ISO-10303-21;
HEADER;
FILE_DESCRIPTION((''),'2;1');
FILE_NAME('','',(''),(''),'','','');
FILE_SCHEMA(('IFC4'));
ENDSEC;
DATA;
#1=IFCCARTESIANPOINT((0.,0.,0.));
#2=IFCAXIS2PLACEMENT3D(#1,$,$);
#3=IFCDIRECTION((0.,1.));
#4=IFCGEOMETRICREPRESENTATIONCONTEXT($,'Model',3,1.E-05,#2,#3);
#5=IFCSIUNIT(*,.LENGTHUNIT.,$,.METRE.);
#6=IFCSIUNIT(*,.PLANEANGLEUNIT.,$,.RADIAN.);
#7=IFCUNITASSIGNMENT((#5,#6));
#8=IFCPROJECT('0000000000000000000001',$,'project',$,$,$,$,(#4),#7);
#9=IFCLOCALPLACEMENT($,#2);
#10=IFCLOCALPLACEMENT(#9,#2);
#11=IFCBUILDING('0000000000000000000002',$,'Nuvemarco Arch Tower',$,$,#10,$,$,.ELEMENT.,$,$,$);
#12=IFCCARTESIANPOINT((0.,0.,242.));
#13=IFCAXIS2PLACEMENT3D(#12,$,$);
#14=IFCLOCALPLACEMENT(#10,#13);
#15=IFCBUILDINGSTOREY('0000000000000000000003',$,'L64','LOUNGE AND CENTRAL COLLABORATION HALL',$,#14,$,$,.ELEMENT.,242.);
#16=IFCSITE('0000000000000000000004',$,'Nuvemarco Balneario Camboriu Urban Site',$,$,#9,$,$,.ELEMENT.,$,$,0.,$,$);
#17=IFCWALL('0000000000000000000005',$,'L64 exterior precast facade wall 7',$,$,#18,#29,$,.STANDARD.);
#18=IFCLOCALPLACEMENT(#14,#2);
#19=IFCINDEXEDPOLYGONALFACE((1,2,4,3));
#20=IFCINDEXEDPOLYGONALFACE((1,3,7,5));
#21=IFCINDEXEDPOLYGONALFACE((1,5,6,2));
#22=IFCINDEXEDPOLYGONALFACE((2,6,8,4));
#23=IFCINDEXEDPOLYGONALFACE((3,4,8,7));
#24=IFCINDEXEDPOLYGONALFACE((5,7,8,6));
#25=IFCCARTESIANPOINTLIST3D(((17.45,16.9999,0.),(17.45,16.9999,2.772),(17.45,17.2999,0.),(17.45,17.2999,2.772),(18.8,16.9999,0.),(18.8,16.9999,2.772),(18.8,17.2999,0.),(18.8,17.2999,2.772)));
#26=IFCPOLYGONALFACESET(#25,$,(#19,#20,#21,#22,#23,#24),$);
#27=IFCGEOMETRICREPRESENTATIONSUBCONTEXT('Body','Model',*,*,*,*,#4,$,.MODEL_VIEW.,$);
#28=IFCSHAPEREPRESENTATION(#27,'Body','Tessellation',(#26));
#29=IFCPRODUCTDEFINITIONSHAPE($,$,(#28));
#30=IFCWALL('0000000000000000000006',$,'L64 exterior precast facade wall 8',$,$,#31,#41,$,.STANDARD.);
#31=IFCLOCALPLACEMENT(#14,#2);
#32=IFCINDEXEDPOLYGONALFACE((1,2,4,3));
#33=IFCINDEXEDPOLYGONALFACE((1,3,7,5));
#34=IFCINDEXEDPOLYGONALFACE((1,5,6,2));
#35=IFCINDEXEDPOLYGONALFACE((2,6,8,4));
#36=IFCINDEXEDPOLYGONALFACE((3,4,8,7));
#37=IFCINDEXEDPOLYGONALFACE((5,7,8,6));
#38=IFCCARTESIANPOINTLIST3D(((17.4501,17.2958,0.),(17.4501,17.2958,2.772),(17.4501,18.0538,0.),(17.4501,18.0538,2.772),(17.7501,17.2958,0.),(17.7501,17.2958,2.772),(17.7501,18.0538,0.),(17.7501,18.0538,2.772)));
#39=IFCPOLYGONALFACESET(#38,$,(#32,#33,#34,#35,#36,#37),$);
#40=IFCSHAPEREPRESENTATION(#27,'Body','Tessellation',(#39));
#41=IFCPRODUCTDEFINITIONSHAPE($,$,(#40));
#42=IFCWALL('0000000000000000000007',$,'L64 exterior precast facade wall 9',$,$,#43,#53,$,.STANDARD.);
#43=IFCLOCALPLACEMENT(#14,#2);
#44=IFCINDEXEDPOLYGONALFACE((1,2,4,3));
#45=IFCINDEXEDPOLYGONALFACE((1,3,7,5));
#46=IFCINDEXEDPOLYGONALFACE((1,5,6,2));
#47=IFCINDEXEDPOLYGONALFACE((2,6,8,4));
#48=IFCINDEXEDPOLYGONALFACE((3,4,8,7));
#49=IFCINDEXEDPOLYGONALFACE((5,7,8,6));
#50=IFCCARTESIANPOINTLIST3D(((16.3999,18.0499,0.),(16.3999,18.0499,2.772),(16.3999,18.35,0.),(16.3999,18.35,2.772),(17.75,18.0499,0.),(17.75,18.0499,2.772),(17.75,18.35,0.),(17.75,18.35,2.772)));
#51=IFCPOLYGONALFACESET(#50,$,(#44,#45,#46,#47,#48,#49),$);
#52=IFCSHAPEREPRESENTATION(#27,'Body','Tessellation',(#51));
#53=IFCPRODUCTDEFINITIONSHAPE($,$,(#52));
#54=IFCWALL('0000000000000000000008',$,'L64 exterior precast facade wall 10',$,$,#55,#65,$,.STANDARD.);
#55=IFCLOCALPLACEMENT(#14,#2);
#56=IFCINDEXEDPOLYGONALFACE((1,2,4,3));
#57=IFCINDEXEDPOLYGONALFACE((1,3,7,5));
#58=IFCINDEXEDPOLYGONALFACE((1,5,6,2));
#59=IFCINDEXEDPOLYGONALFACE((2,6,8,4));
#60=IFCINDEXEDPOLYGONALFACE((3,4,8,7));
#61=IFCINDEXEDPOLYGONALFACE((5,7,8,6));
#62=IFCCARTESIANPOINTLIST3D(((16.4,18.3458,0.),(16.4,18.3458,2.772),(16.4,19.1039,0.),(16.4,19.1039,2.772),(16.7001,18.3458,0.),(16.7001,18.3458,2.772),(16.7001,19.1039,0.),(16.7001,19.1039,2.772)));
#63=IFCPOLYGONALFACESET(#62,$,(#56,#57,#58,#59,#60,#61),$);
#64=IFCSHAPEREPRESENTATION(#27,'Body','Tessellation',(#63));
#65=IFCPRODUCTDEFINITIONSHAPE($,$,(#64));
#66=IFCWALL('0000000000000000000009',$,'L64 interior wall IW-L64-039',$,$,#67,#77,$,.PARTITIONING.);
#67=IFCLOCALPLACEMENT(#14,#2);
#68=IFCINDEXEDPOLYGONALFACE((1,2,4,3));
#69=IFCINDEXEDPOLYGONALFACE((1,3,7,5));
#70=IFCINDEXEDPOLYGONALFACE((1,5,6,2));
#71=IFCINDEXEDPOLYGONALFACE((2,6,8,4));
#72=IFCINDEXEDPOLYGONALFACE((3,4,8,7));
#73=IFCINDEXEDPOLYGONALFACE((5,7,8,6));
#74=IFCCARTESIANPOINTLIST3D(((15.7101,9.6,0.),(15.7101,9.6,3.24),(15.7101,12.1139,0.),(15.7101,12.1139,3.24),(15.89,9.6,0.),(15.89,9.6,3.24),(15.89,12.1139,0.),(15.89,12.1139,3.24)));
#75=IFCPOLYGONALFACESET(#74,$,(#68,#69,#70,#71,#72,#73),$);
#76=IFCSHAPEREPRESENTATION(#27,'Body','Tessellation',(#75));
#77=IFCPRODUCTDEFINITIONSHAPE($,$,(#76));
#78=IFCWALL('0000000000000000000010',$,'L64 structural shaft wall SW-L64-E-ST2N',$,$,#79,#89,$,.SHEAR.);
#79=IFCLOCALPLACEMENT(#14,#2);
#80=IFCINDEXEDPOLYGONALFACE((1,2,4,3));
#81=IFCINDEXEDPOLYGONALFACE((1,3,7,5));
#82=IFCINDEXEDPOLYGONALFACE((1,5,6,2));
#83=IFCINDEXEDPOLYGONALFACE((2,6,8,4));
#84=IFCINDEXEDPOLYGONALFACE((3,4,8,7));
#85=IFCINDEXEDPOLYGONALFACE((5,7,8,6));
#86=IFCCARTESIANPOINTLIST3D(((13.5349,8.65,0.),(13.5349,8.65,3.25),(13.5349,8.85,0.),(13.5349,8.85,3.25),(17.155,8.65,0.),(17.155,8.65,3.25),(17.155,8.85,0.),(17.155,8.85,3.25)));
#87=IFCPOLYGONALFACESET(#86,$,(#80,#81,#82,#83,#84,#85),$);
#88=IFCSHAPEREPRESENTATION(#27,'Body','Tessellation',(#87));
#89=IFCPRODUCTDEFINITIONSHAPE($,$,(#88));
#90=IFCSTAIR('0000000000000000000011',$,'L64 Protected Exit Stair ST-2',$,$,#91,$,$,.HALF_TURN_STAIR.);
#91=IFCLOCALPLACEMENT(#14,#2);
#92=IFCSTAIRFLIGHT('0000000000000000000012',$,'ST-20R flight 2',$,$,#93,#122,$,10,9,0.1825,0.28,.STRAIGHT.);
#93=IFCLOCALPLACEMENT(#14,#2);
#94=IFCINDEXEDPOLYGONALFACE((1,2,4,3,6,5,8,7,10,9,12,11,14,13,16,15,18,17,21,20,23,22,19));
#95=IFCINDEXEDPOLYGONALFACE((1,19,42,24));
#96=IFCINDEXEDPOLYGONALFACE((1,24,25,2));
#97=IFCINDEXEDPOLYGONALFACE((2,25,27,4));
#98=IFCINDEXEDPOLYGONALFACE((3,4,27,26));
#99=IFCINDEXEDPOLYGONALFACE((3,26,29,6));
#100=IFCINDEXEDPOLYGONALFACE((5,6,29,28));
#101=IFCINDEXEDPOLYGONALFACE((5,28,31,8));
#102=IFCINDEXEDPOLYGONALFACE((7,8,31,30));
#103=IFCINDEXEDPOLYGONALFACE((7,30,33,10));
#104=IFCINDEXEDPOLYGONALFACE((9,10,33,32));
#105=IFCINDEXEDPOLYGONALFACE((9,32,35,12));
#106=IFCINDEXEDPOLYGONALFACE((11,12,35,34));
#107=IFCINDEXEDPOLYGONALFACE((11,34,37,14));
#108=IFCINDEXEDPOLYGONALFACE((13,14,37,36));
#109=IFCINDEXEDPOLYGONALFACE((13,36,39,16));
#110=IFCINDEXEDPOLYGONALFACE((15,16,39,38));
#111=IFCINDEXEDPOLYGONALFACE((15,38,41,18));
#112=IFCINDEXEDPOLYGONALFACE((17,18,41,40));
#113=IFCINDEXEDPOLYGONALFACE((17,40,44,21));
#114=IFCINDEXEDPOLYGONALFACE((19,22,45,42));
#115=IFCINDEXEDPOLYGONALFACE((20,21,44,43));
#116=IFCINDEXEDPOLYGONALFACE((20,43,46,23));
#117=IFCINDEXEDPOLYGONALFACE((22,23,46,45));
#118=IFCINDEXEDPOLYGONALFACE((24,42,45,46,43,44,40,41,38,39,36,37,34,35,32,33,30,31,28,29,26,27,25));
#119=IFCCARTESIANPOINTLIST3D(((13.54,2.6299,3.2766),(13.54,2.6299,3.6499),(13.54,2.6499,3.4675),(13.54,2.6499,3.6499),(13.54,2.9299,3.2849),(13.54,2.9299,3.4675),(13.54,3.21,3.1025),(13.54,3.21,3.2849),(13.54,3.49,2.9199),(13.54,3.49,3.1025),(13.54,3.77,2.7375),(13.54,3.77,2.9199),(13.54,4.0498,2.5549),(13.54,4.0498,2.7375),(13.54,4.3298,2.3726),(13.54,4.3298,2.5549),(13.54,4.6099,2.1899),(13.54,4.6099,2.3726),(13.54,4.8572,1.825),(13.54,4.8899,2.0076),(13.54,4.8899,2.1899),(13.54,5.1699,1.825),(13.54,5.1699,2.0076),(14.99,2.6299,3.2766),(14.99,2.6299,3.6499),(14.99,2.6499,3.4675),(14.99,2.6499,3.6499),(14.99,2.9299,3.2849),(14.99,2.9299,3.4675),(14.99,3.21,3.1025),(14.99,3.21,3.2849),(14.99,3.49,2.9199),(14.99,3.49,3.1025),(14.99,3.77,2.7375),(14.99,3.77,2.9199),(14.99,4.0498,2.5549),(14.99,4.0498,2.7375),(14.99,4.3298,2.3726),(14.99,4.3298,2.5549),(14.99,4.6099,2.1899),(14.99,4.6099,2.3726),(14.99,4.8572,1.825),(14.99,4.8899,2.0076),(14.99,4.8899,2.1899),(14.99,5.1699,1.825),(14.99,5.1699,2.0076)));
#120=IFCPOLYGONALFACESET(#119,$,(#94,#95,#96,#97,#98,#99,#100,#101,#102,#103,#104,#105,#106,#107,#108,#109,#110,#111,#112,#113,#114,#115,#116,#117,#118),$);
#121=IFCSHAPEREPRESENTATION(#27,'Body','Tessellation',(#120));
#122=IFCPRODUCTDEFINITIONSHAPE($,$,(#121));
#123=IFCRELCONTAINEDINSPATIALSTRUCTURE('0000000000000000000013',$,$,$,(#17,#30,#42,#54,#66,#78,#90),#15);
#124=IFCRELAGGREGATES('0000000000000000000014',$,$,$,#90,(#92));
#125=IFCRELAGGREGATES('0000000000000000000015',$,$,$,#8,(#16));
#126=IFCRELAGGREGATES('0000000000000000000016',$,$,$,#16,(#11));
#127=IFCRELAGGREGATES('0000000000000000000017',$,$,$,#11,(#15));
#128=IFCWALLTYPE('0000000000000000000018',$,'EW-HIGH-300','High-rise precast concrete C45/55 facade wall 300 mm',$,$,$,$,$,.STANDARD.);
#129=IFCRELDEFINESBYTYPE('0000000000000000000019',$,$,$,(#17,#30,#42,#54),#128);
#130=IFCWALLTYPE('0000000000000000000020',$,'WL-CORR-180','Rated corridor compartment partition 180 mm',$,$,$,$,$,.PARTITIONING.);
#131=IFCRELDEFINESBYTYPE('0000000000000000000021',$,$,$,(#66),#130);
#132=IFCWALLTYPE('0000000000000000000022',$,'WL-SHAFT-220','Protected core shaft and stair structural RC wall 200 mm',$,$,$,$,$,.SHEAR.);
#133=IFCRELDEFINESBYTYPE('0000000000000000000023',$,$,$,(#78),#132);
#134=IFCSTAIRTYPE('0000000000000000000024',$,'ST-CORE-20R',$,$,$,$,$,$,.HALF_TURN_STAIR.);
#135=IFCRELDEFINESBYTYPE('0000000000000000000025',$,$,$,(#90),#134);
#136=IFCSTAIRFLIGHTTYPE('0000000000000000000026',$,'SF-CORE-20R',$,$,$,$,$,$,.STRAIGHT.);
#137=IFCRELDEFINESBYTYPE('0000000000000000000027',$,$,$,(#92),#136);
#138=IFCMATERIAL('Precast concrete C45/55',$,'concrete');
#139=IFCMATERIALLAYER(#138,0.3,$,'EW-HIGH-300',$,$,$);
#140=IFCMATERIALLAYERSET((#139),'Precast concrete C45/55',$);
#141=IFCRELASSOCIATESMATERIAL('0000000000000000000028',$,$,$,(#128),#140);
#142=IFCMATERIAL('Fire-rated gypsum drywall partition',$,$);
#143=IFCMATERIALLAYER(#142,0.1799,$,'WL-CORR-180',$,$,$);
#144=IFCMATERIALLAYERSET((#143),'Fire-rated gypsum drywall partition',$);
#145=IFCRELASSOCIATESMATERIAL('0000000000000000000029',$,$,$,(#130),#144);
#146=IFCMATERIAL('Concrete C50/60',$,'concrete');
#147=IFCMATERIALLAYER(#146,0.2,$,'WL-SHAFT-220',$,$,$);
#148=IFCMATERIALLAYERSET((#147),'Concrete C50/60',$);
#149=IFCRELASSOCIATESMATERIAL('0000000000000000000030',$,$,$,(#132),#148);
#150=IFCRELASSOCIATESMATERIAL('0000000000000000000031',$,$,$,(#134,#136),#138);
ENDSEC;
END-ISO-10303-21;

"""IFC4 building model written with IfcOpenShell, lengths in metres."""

from ifc_helpers import new_model, si_unit, direction, frame, frame_2d, origin, place, context, subcontext, project, spatial, polyline, rectangle, outline, extrude, material, layer, layer_set, type_object, element, aggregate, save


model = new_model("IFC4")

# Units and contexts
model_context = context("Model", 3, precision=1e-05, world=origin(), true_north=direction((0.0, 1.0)))
body_context = subcontext(model_context, "Body", "Model", "MODEL_VIEW")
ifc_project = project(units=[si_unit("LENGTHUNIT", "METRE"), si_unit("PLANEANGLEUNIT", "RADIAN")], contexts=[model_context])

# Site, building, storey
site_placement = place(None, origin())
site = spatial("IfcSite", under=ifc_project, at=site_placement, Name="Nuvemarco Balneario Camboriu Urban Site", CompositionType="ELEMENT", RefElevation=0.0)
building_placement = place(site_placement, origin())
building = spatial("IfcBuilding", under=site, at=building_placement, Name="Nuvemarco Arch Tower", CompositionType="ELEMENT")
storey_placement = place(building_placement, frame((0.0, 0.0, 242.0)))
storey = spatial("IfcBuildingStorey", under=building, at=storey_placement, Name="L64", Description="LOUNGE AND CENTRAL COLLABORATION HALL", CompositionType="ELEMENT", Elevation=242.0)

# Shared definitions
ifc_material_1 = material(Name="Concrete C50/60", Category="concrete")

# Shared definitions
ifc_material_2 = material(Name="Precast concrete C45/55", Category="concrete")

# Walls
ifc_layer_1 = layer(ifc_material_2, 0.3, Name="EW-HIGH-300")
ifc_layer_set_1 = layer_set([ifc_layer_1], Name="Precast concrete C45/55")
wall_type_1 = type_object("IfcWallType", Name="EW-HIGH-300", Description="High-rise precast concrete C45/55 facade wall 300 mm", PredefinedType="STANDARD", material=ifc_layer_set_1)
wall_1_placement = place(storey_placement, frame((17.45, 17.1499, 0.0), z_axis=(0.0, 0.0, 1.0), x_axis=(1.0, 0.0, 0.0)))
element("IfcWall", 1, at=wall_1_placement, inside=storey, type_object=wall_type_1, Name="L64 exterior precast facade wall 7", PredefinedType="STANDARD", context=body_context, shape_type="SweptSolid", body=[
    extrude(rectangle(XDim=1.3501, YDim=0.3, at=frame_2d((0.675, 0.0))), origin(), (0.0, 0.0, 1.0), 2.772),
])
wall_2_placement = place(storey_placement, frame((17.6001, 17.2959, 0.0), z_axis=(0.0, 0.0, 1.0), x_axis=(0.0, 1.0, 0.0)))
element("IfcWall", 2, at=wall_2_placement, inside=storey, type_object=wall_type_1, Name="L64 exterior precast facade wall 8", PredefinedType="STANDARD", context=body_context, shape_type="SweptSolid", body=[
    extrude(rectangle(XDim=0.7581, YDim=0.3, at=frame_2d((0.3789, 0.0))), origin(), (0.0, 0.0, 1.0), 2.772),
])
wall_3_placement = place(storey_placement, frame((16.3999, 18.2, 0.0), z_axis=(0.0, 0.0, 1.0), x_axis=(1.0, 0.0, 0.0)))
element("IfcWall", 3, at=wall_3_placement, inside=storey, type_object=wall_type_1, Name="L64 exterior precast facade wall 9", PredefinedType="STANDARD", context=body_context, shape_type="SweptSolid", body=[
    extrude(rectangle(XDim=1.3501, YDim=0.3, at=frame_2d((0.675, 0.0))), origin(), (0.0, 0.0, 1.0), 2.772),
])
wall_4_placement = place(storey_placement, frame((16.55, 18.3459, 0.0), z_axis=(0.0, 0.0, 1.0), x_axis=(0.0, 1.0, 0.0)))
element("IfcWall", 4, at=wall_4_placement, inside=storey, type_object=wall_type_1, Name="L64 exterior precast facade wall 10", PredefinedType="STANDARD", context=body_context, shape_type="SweptSolid", body=[
    extrude(rectangle(XDim=0.7581, YDim=0.3, at=frame_2d((0.3789, 0.0))), origin(), (0.0, 0.0, 1.0), 2.772),
])
ifc_material_3 = material(Name="Fire-rated gypsum drywall partition")
ifc_layer_2 = layer(ifc_material_3, 0.1799, Name="WL-CORR-180")
ifc_layer_set_2 = layer_set([ifc_layer_2], Name="Fire-rated gypsum drywall partition")
wall_type_2 = type_object("IfcWallType", Name="WL-CORR-180", Description="Rated corridor compartment partition 180 mm", PredefinedType="PARTITIONING", material=ifc_layer_set_2)
wall_5_placement = place(storey_placement, frame((15.8, 9.6001, 0.0), z_axis=(0.0, 0.0, 1.0), x_axis=(0.0, 1.0, 0.0)))
element("IfcWall", 5, at=wall_5_placement, inside=storey, type_object=wall_type_2, Name="L64 interior wall IW-L64-039", PredefinedType="PARTITIONING", context=body_context, shape_type="SweptSolid", body=[
    extrude(rectangle(XDim=2.5139, YDim=0.1799, at=frame_2d((1.2568, 0.0))), origin(), (0.0, 0.0, 1.0), 3.24),
])
ifc_layer_3 = layer(ifc_material_1, 0.2, Name="WL-SHAFT-220")
ifc_layer_set_3 = layer_set([ifc_layer_3], Name="Concrete C50/60")
wall_type_3 = type_object("IfcWallType", Name="WL-SHAFT-220", Description="Protected core shaft and stair structural RC wall 200 mm", PredefinedType="SHEAR", material=ifc_layer_set_3)
wall_6_placement = place(storey_placement, frame((13.5349, 8.75, 0.0), z_axis=(0.0, 0.0, 1.0), x_axis=(1.0, 0.0, 0.0)))
element("IfcWall", 6, at=wall_6_placement, inside=storey, type_object=wall_type_3, Name="L64 structural shaft wall SW-L64-E-ST2N", PredefinedType="SHEAR", context=body_context, shape_type="SweptSolid", body=[
    extrude(rectangle(XDim=3.6201, YDim=0.2, at=frame_2d((1.8101, 0.0))), origin(), (0.0, 0.0, 1.0), 3.25),
])

# Stair, stair flight
stair_type = type_object("IfcStairType", Name="ST-CORE-20R", PredefinedType="HALF_TURN_STAIR", material=ifc_material_2)
stair_placement = place(storey_placement, origin())
stair = element("IfcStair", 7, at=stair_placement, inside=storey, type_object=stair_type, Name="L64 Protected Exit Stair ST-2", PredefinedType="HALF_TURN_STAIR")
stair_flight_type = type_object("IfcStairFlightType", Name="SF-CORE-20R", PredefinedType="STRAIGHT", material=ifc_material_2)
stair_flight_placement = place(storey_placement, frame((14.2649, 5.1699, 1.825), z_axis=(0.0, 0.0, 1.0), x_axis=(0.0, -1.0, 0.0)))
stair_flight = element("IfcStairFlight", 8, at=stair_flight_placement, type_object=stair_flight_type, Name="ST-20R flight 2", NumberOfRisers=10, NumberOfTreads=9, PredefinedType="STRAIGHT", RiserHeight=0.1825, TreadLength=0.28, context=body_context, shape_type="SweptSolid", body=[
    extrude(outline(polyline([(0.0, 0.0), (0.0, 0.1826), (0.28, 0.1826), (0.28, 0.365), (0.5601, 0.365), (0.5601, 0.5476), (0.8401, 0.5476), (0.8401, 0.73), (1.1201, 0.73), (1.1201, 0.9126), (1.3999, 0.9126), (1.3999, 1.095), (1.6799, 1.095), (1.6799, 1.2776), (1.96, 1.2776), (1.96, 1.46), (2.24, 1.46), (2.24, 1.6426), (2.52, 1.6426), (2.52, 1.825), (2.54, 1.825), (2.54, 1.4517), (0.3127, 0.0), (0.0, 0.0)])), frame((0.0, 0.7251, 0.0), z_axis=(0.0, -1.0, 0.0), x_axis=(1.0, 0.0, 0.0)), (0.0, 0.0, 1.0), 1.45),
])
aggregate(stair, [stair_flight])

save(model, "model.ifc")
